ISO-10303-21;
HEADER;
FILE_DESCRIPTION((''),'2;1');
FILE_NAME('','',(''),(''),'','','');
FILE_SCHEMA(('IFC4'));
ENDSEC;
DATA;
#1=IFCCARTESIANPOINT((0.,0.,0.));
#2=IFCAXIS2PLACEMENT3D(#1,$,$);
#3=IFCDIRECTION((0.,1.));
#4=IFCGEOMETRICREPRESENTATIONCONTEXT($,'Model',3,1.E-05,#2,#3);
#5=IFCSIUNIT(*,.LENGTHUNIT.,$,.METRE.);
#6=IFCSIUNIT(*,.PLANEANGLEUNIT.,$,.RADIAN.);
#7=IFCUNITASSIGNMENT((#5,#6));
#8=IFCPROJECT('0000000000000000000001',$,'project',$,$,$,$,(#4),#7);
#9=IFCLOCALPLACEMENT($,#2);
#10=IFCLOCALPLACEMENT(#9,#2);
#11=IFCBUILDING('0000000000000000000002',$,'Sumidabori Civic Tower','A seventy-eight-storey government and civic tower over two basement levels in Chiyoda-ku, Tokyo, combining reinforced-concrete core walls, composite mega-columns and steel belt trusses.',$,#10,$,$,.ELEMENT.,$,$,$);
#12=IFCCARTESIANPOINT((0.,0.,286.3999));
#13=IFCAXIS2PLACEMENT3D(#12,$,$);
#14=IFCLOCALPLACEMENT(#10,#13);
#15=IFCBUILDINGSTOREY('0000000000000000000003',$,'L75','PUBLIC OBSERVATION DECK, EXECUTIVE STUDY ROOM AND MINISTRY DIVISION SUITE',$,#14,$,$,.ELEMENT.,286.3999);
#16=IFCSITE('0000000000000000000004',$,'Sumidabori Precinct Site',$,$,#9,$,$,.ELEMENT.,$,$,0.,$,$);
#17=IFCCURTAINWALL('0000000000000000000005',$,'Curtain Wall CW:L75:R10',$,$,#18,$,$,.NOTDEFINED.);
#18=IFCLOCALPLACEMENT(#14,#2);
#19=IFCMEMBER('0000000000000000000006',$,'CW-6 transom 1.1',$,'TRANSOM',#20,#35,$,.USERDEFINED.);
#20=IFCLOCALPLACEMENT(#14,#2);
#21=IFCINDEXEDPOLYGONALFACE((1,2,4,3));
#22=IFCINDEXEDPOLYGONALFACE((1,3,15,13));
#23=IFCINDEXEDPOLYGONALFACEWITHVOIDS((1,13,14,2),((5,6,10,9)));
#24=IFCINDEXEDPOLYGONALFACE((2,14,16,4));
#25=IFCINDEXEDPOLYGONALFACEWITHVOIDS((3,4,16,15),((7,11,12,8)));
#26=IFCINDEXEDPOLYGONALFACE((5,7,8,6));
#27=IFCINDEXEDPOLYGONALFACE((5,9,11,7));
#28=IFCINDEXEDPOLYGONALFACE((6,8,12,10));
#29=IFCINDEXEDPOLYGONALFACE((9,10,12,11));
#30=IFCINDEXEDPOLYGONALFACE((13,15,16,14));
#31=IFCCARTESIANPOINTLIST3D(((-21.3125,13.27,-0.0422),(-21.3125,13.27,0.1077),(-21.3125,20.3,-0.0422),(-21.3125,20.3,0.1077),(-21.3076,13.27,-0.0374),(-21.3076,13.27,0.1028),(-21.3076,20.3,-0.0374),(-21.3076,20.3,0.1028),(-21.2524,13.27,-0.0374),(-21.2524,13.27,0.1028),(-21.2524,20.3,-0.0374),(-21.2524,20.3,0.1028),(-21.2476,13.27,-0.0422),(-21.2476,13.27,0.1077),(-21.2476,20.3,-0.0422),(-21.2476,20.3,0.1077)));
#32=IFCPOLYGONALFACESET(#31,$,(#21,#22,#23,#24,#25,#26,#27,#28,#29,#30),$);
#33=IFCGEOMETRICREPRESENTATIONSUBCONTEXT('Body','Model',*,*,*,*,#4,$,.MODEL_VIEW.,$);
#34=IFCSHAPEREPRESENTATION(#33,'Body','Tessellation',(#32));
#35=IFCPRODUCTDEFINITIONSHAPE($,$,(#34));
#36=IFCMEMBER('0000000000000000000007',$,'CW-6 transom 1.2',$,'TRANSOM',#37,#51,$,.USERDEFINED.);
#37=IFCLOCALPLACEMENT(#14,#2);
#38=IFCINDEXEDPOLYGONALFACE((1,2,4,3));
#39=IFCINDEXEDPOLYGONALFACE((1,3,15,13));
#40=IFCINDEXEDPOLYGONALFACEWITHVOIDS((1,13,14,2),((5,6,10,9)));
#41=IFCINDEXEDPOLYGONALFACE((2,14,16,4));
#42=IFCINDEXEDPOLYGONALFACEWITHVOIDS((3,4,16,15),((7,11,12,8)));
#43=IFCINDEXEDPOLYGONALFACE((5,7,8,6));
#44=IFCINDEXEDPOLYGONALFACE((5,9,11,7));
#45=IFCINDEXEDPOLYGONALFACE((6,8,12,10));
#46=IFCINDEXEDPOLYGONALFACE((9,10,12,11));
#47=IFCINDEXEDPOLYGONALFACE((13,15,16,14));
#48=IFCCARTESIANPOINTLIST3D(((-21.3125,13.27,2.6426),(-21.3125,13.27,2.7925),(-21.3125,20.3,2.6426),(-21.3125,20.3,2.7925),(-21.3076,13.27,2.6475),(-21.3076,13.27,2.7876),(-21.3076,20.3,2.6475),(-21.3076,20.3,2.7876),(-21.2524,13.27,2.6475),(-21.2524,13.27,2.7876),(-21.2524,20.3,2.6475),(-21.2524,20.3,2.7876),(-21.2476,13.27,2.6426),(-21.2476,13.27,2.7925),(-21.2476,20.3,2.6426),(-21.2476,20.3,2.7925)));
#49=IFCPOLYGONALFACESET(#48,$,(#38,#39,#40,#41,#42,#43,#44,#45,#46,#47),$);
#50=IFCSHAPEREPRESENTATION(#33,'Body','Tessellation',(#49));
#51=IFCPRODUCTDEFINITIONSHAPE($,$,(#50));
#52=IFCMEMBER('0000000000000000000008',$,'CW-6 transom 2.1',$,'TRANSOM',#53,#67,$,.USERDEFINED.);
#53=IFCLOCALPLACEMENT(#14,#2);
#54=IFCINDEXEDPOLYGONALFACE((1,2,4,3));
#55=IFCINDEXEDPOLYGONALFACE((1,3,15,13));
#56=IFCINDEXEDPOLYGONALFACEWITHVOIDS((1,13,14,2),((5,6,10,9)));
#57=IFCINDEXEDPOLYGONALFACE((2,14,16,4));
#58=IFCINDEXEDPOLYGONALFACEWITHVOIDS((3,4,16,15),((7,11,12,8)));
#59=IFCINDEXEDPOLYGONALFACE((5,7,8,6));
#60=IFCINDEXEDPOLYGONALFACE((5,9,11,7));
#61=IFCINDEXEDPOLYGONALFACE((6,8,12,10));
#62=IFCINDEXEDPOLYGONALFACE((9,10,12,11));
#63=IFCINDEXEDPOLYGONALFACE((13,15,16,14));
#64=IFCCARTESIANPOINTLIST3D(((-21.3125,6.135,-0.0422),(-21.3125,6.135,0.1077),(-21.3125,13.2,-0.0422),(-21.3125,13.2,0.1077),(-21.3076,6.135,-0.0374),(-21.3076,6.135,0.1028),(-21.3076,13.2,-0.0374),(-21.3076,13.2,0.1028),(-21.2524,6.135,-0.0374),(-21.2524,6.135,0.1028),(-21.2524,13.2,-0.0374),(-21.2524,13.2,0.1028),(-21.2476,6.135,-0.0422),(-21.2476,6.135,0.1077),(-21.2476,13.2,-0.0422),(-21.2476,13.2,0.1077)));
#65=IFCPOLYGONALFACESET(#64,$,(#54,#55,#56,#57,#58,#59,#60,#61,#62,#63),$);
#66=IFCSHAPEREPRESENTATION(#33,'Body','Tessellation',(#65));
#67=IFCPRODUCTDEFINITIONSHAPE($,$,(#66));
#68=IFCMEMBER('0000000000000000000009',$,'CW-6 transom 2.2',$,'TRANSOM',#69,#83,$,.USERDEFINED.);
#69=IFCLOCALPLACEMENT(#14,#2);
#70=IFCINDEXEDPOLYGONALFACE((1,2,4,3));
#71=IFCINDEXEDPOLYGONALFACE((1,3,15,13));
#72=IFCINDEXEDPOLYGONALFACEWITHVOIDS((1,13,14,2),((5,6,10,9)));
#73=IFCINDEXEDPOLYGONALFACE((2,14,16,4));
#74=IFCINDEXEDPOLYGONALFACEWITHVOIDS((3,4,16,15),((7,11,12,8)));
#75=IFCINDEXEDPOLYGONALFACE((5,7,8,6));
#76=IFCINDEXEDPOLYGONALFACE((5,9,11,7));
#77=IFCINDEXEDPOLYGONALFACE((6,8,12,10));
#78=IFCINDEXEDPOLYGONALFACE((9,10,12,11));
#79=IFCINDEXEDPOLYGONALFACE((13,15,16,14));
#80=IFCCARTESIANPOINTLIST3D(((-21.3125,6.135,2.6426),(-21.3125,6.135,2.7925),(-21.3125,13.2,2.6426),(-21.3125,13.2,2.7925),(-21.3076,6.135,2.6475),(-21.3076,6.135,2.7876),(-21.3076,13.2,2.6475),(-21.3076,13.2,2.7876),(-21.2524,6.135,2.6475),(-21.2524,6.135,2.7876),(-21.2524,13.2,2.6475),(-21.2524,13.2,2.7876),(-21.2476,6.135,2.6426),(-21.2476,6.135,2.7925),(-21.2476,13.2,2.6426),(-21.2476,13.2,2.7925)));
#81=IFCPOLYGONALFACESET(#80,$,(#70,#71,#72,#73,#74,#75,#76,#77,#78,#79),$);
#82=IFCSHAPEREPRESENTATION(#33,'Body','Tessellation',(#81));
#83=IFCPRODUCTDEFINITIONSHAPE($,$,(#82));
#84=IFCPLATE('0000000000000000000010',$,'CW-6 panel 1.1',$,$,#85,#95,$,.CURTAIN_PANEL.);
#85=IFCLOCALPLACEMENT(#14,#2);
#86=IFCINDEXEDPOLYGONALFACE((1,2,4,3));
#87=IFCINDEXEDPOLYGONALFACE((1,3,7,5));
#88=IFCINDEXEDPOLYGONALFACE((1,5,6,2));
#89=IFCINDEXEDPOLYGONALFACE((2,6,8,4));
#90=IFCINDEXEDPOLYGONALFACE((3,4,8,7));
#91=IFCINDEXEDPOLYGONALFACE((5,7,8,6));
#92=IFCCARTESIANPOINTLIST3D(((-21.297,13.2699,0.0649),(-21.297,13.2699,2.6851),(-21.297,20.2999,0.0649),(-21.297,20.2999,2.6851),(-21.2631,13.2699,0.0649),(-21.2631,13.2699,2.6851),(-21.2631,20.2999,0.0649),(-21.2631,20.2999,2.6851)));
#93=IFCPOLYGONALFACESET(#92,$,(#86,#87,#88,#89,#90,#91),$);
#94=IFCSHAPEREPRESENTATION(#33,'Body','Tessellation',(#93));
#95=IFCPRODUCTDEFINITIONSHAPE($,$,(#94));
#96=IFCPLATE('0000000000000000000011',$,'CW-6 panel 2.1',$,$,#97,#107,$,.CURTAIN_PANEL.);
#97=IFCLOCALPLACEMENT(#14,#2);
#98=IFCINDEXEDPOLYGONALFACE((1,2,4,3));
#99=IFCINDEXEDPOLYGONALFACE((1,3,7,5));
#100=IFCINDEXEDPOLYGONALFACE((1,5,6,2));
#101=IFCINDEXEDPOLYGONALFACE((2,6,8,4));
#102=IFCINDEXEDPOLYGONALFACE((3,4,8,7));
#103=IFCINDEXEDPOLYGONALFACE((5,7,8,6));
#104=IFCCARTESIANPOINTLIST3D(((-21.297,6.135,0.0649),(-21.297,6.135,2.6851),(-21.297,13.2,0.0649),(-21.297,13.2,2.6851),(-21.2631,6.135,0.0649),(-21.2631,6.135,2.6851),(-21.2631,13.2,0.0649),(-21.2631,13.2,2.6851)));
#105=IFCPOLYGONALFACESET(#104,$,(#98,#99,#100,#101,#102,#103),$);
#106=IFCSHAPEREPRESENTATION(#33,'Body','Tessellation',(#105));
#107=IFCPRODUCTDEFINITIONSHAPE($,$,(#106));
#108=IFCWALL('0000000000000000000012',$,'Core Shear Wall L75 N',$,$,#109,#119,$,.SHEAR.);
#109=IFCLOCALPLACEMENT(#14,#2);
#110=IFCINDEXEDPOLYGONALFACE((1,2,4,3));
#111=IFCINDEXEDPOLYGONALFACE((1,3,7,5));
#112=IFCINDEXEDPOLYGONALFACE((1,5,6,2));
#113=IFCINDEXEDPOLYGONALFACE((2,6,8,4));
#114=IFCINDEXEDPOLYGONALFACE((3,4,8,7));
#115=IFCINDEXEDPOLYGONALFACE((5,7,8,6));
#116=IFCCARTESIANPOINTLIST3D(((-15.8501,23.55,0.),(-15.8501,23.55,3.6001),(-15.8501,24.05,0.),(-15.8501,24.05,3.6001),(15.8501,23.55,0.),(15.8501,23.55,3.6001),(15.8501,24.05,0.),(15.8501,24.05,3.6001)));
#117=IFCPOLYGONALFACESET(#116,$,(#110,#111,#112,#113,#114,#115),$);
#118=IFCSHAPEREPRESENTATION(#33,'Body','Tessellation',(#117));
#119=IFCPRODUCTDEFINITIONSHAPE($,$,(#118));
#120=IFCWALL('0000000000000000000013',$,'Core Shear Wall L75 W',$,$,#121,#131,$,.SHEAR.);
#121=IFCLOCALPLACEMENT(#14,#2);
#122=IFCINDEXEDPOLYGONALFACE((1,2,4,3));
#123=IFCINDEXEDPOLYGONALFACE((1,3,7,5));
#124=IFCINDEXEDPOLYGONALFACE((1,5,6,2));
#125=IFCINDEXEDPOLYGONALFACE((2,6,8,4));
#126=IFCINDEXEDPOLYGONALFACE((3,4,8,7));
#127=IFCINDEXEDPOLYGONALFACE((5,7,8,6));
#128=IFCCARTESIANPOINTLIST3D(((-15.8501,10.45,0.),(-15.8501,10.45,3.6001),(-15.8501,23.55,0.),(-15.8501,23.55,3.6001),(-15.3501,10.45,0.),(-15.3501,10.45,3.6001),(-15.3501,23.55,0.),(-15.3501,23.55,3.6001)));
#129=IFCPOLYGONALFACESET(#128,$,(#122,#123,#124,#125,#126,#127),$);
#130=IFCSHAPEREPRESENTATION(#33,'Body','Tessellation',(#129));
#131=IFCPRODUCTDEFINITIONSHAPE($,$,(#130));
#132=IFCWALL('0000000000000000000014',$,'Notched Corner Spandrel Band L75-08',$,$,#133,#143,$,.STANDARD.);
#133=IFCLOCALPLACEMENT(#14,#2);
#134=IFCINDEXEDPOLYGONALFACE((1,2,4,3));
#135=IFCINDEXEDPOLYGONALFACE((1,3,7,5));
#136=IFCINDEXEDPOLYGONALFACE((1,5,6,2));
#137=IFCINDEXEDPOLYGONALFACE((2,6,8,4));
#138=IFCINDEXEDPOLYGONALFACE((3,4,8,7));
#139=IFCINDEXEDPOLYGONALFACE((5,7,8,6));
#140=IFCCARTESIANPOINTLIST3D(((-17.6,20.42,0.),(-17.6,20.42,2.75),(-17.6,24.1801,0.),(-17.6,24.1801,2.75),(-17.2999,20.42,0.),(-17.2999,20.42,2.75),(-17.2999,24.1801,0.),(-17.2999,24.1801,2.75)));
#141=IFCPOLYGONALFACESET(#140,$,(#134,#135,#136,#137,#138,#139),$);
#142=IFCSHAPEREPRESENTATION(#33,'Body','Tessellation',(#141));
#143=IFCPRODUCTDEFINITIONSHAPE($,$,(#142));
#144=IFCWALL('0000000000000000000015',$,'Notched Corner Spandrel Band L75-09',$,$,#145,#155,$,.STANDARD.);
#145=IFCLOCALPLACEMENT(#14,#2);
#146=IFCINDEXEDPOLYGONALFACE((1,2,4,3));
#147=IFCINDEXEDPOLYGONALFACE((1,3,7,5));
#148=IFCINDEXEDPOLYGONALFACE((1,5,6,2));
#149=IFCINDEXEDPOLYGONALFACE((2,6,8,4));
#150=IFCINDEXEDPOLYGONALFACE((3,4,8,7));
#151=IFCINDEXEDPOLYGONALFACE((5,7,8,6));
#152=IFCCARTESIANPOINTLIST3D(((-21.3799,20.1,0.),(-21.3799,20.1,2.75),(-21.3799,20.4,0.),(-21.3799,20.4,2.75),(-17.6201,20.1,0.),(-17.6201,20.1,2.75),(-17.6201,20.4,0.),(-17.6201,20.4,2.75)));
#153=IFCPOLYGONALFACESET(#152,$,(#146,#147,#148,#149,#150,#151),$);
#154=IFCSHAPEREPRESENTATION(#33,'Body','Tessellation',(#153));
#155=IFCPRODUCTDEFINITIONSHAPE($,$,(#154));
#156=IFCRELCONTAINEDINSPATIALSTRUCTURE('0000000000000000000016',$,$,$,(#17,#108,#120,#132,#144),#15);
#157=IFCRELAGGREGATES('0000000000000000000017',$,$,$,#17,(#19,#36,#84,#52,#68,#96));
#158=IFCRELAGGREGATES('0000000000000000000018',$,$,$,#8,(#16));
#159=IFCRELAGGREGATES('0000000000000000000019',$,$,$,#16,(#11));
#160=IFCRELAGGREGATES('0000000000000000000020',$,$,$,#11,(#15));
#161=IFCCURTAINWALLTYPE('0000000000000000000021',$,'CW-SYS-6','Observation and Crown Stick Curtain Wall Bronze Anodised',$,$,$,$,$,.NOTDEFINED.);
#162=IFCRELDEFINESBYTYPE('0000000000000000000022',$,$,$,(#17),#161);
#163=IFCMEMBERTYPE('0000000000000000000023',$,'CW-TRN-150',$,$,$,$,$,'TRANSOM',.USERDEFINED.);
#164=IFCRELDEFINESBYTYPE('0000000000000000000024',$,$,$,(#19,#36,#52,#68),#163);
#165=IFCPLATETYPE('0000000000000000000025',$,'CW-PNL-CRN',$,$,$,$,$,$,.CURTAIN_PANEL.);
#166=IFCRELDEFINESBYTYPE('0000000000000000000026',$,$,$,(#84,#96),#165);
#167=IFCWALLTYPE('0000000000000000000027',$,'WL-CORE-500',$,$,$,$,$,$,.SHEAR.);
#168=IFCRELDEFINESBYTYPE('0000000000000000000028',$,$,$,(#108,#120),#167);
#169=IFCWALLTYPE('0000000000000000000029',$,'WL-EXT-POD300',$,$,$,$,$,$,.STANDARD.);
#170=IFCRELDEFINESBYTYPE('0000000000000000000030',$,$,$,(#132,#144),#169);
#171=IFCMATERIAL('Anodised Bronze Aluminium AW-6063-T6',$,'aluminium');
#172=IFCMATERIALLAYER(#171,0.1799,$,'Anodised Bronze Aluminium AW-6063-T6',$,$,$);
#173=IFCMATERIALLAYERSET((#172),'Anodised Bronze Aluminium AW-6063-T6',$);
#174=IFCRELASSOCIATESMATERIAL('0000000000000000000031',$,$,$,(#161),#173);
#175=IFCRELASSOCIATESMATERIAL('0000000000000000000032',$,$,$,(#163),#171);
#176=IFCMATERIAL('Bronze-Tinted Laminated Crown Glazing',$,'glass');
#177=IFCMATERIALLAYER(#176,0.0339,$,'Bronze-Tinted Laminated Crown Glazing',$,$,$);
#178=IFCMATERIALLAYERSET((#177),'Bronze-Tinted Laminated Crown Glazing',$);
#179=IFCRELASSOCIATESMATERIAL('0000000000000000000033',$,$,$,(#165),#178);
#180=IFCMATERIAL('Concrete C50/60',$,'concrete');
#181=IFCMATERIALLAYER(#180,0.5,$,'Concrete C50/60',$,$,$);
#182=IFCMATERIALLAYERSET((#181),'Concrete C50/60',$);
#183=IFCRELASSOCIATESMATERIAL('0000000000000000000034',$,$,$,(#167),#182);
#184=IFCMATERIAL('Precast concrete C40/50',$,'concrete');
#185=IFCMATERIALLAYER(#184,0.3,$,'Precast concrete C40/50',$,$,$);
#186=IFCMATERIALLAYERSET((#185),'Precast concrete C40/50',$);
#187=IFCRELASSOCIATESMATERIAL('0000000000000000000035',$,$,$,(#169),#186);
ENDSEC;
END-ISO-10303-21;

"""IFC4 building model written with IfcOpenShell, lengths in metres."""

from ifc_helpers import new_model, si_unit, direction, frame, frame_2d, origin, origin_2d, place, context, subcontext, project, spatial, rectangle, hollow_rectangle, extrude, source, transform, mapped, material, layer, layer_set, material_profile, profile_set, type_object, element, aggregate, save


model = new_model("IFC4")

# Units and contexts
model_context = context("Model", 3, precision=1e-05, world=origin(), true_north=direction((0.0, 1.0)))
body_context = subcontext(model_context, "Body", "Model", "MODEL_VIEW")
ifc_project = project(units=[si_unit("LENGTHUNIT", "METRE"), si_unit("PLANEANGLEUNIT", "RADIAN")], contexts=[model_context])

# Site, building, storey
site_placement = place(None, origin())
site = spatial("IfcSite", under=ifc_project, at=site_placement, Name="Sumidabori Precinct Site", CompositionType="ELEMENT", RefElevation=0.0)
building_placement = place(site_placement, origin())
building = spatial("IfcBuilding", under=site, at=building_placement, Name="Sumidabori Civic Tower", Description="A seventy-eight-storey government and civic tower over two basement levels in Chiyoda-ku, Tokyo, combining reinforced-concrete core walls, composite mega-columns and steel belt trusses.", CompositionType="ELEMENT")
storey_placement = place(building_placement, frame((0.0, 0.0, 286.3999)))
storey = spatial("IfcBuildingStorey", under=building, at=storey_placement, Name="L75", Description="PUBLIC OBSERVATION DECK, EXECUTIVE STUDY ROOM AND MINISTRY DIVISION SUITE", CompositionType="ELEMENT", Elevation=286.3999)

# Shared definitions
ifc_material_1 = material(Name="Concrete C50/60", Category="concrete")

# Shared definitions
ifc_material_2 = material(Name="Anodised Bronze Aluminium AW-6063-T6", Category="aluminium")
ifc_layer_1 = layer(ifc_material_2, 0.1799, Name="Anodised Bronze Aluminium AW-6063-T6")
ifc_layer_set_1 = layer_set([ifc_layer_1], Name="Anodised Bronze Aluminium AW-6063-T6")
curtain_wall_type = type_object("IfcCurtainWallType", Name="CW-SYS-6", Description="Observation and Crown Stick Curtain Wall Bronze Anodised", PredefinedType="NOTDEFINED", material=ifc_layer_set_1)

# Curtain wall, members, plates
curtain_wall_1_placement = place(storey_placement, origin())
curtain_wall_1 = element("IfcCurtainWall", 1, at=curtain_wall_1_placement, inside=storey, type_object=curtain_wall_type, Name="Curtain Wall CW:L75:R10", PredefinedType="NOTDEFINED")
ifc_material_profile_1 = material_profile(ifc_material_2, hollow_rectangle(XDim=0.0649, YDim=0.1499, WallThickness=0.0049, at=origin_2d()), Name="ALU TRANSOM 150x65")
ifc_profile_set_1 = profile_set([ifc_material_profile_1], Name="Anodised Bronze Aluminium AW-6063-T6")
member_type_1 = type_object("IfcMemberType", Name="CW-TRN-150", ElementType="TRANSOM", PredefinedType="USERDEFINED", material=ifc_profile_set_1)
shared_shape_1 = source(origin(), body_context, "Body", "SweptSolid", [
    extrude(hollow_rectangle(XDim=0.0649, YDim=0.1499, WallThickness=0.0049, at=origin_2d()), origin(), (0.0, 0.0, 1.0), 7.03),
])
member_1_placement = place(storey_placement, frame((-21.28, 20.3, 0.0327), z_axis=(0.0, -1.0, 0.0), x_axis=(1.0, 0.0, 0.0)))
member_1 = element("IfcMember", 2, at=member_1_placement, type_object=member_type_1, Name="CW-6 transom 1.1", ObjectType="TRANSOM", PredefinedType="USERDEFINED", context=body_context, shape_type="MappedRepresentation", body=[
    mapped(shared_shape_1, transform((0.0, 0.0, 0.0), x_axis=(1.0, 0.0, 0.0), y_axis=(0.0, 1.0, 0.0), z_axis=(0.0, 0.0, 1.0), scale=1.0)),
])
member_2_placement = place(storey_placement, frame((-21.28, 20.3, 2.7175), z_axis=(0.0, -1.0, 0.0), x_axis=(1.0, 0.0, 0.0)))
member_2 = element("IfcMember", 3, at=member_2_placement, type_object=member_type_1, Name="CW-6 transom 1.2", ObjectType="TRANSOM", PredefinedType="USERDEFINED", context=body_context, shape_type="MappedRepresentation", body=[
    mapped(shared_shape_1, transform((0.0, 0.0, 0.0), x_axis=(1.0, 0.0, 0.0), y_axis=(0.0, 1.0, 0.0), z_axis=(0.0, 0.0, 1.0), scale=1.0)),
])
shared_shape_2 = source(origin(), body_context, "Body", "SweptSolid", [
    extrude(hollow_rectangle(XDim=0.0649, YDim=0.1499, WallThickness=0.0049, at=origin_2d()), origin(), (0.0, 0.0, 1.0), 7.0649),
])
member_3_placement = place(storey_placement, frame((-21.28, 13.2, 0.0327), z_axis=(0.0, -1.0, 0.0), x_axis=(1.0, 0.0, 0.0)))
member_3 = element("IfcMember", 4, at=member_3_placement, type_object=member_type_1, Name="CW-6 transom 2.1", ObjectType="TRANSOM", PredefinedType="USERDEFINED", context=body_context, shape_type="MappedRepresentation", body=[
    mapped(shared_shape_2, transform((0.0, 0.0, 0.0), x_axis=(1.0, 0.0, 0.0), y_axis=(0.0, 1.0, 0.0), z_axis=(0.0, 0.0, 1.0), scale=1.0)),
])
member_4_placement = place(storey_placement, frame((-21.28, 13.2, 2.7175), z_axis=(0.0, -1.0, 0.0), x_axis=(1.0, 0.0, 0.0)))
member_4 = element("IfcMember", 5, at=member_4_placement, type_object=member_type_1, Name="CW-6 transom 2.2", ObjectType="TRANSOM", PredefinedType="USERDEFINED", context=body_context, shape_type="MappedRepresentation", body=[
    mapped(shared_shape_2, transform((0.0, 0.0, 0.0), x_axis=(1.0, 0.0, 0.0), y_axis=(0.0, 1.0, 0.0), z_axis=(0.0, 0.0, 1.0), scale=1.0)),
])
ifc_material_3 = material(Name="Bronze-Tinted Laminated Crown Glazing", Category="glass")
ifc_layer_2 = layer(ifc_material_3, 0.0339, Name="Bronze-Tinted Laminated Crown Glazing")
ifc_layer_set_2 = layer_set([ifc_layer_2], Name="Bronze-Tinted Laminated Crown Glazing")
plate_type = type_object("IfcPlateType", Name="CW-PNL-CRN", PredefinedType="CURTAIN_PANEL", material=ifc_layer_set_2)
shared_shape_3 = source(origin(), body_context, "Body", "SweptSolid", [
    extrude(rectangle(XDim=7.03, YDim=0.0339, at=origin_2d()), origin(), (0.0, 0.0, 1.0), 2.6201),
])
plate_1_placement = place(storey_placement, frame((-21.28, 16.7849, 0.0649), z_axis=(0.0, 0.0, 1.0), x_axis=(0.0, -1.0, 0.0)))
plate_1 = element("IfcPlate", 6, at=plate_1_placement, type_object=plate_type, Name="CW-6 panel 1.1", PredefinedType="CURTAIN_PANEL", context=body_context, shape_type="MappedRepresentation", body=[
    mapped(shared_shape_3, transform((0.0, 0.0, 0.0), x_axis=(1.0, 0.0, 0.0), y_axis=(0.0, 1.0, 0.0), z_axis=(0.0, 0.0, 1.0), scale=1.0)),
])
shared_shape_4 = source(origin(), body_context, "Body", "SweptSolid", [
    extrude(rectangle(XDim=7.0649, YDim=0.0339, at=origin_2d()), origin(), (0.0, 0.0, 1.0), 2.6201),
])
plate_2_placement = place(storey_placement, frame((-21.28, 9.6675, 0.0649), z_axis=(0.0, 0.0, 1.0), x_axis=(0.0, -1.0, 0.0)))
plate_2 = element("IfcPlate", 7, at=plate_2_placement, type_object=plate_type, Name="CW-6 panel 2.1", PredefinedType="CURTAIN_PANEL", context=body_context, shape_type="MappedRepresentation", body=[
    mapped(shared_shape_4, transform((0.0, 0.0, 0.0), x_axis=(1.0, 0.0, 0.0), y_axis=(0.0, 1.0, 0.0), z_axis=(0.0, 0.0, 1.0), scale=1.0)),
])
aggregate(curtain_wall_1, [member_1, member_2, plate_1, member_3, member_4, plate_2])

# Walls
ifc_layer_3 = layer(ifc_material_1, 0.5, Name="Concrete C50/60")
ifc_layer_set_3 = layer_set([ifc_layer_3], Name="Concrete C50/60")
wall_type_1 = type_object("IfcWallType", Name="WL-CORE-500", PredefinedType="SHEAR", material=ifc_layer_set_3)
shared_shape_5 = source(origin(), body_context, "Body", "SweptSolid", [
    extrude(rectangle(XDim=31.7002, YDim=0.5, at=frame_2d((15.8501, 0.0))), origin(), (0.0, 0.0, 1.0), 3.6001),
])
wall_1_placement = place(storey_placement, frame((-15.8501, 23.8, 0.0), z_axis=(0.0, 0.0, 1.0), x_axis=(1.0, 0.0, 0.0)))
element("IfcWall", 8, at=wall_1_placement, inside=storey, type_object=wall_type_1, Name="Core Shear Wall L75 N", PredefinedType="SHEAR", context=body_context, shape_type="MappedRepresentation", body=[
    mapped(shared_shape_5, transform((0.0, 0.0, 0.0), x_axis=(1.0, 0.0, 0.0), y_axis=(0.0, 1.0, 0.0), z_axis=(0.0, 0.0, 1.0), scale=1.0)),
])
shared_shape_6 = source(origin(), body_context, "Body", "SweptSolid", [
    extrude(rectangle(XDim=13.1001, YDim=0.5, at=frame_2d((6.55, 0.0))), origin(), (0.0, 0.0, 1.0), 3.6001),
])
wall_2_placement = place(storey_placement, frame((-15.6001, 10.45, 0.0), z_axis=(0.0, 0.0, 1.0), x_axis=(0.0, 1.0, 0.0)))
element("IfcWall", 9, at=wall_2_placement, inside=storey, type_object=wall_type_1, Name="Core Shear Wall L75 W", PredefinedType="SHEAR", context=body_context, shape_type="MappedRepresentation", body=[
    mapped(shared_shape_6, transform((0.0, 0.0, 0.0), x_axis=(1.0, 0.0, 0.0), y_axis=(0.0, 1.0, 0.0), z_axis=(0.0, 0.0, 1.0), scale=1.0)),
])

# Walls
ifc_material_4 = material(Name="Precast concrete C40/50", Category="concrete")
ifc_layer_4 = layer(ifc_material_4, 0.3, Name="Precast concrete C40/50")
ifc_layer_set_4 = layer_set([ifc_layer_4], Name="Precast concrete C40/50")
wall_type_2 = type_object("IfcWallType", Name="WL-EXT-POD300", PredefinedType="STANDARD", material=ifc_layer_set_4)
shared_shape_7 = source(origin(), body_context, "Body", "SweptSolid", [
    extrude(rectangle(XDim=3.76, YDim=0.3, at=frame_2d((1.8799, 0.0))), origin(), (0.0, 0.0, 1.0), 2.75),
])
wall_3_placement = place(storey_placement, frame((-17.45, 24.1799, 0.0), z_axis=(0.0, 0.0, 1.0), x_axis=(0.0, -1.0, 0.0)))
element("IfcWall", 10, at=wall_3_placement, inside=storey, type_object=wall_type_2, Name="Notched Corner Spandrel Band L75-08", PredefinedType="STANDARD", context=body_context, shape_type="MappedRepresentation", body=[
    mapped(shared_shape_7, transform((0.0, 0.0, 0.0), x_axis=(1.0, 0.0, 0.0), y_axis=(0.0, 1.0, 0.0), z_axis=(0.0, 0.0, 1.0), scale=1.0)),
])
shared_shape_8 = source(origin(), body_context, "Body", "SweptSolid", [
    extrude(rectangle(XDim=3.7598, YDim=0.3, at=frame_2d((1.8799, 0.0))), origin(), (0.0, 0.0, 1.0), 2.75),
])
wall_4_placement = place(storey_placement, frame((-17.6201, 20.25, 0.0), z_axis=(0.0, 0.0, 1.0), x_axis=(-1.0, 0.0, 0.0)))
element("IfcWall", 11, at=wall_4_placement, inside=storey, type_object=wall_type_2, Name="Notched Corner Spandrel Band L75-09", PredefinedType="STANDARD", context=body_context, shape_type="MappedRepresentation", body=[
    mapped(shared_shape_8, transform((0.0, 0.0, 0.0), x_axis=(1.0, 0.0, 0.0), y_axis=(0.0, 1.0, 0.0), z_axis=(0.0, 0.0, 1.0), scale=1.0)),
])

save(model, "model.ifc")
